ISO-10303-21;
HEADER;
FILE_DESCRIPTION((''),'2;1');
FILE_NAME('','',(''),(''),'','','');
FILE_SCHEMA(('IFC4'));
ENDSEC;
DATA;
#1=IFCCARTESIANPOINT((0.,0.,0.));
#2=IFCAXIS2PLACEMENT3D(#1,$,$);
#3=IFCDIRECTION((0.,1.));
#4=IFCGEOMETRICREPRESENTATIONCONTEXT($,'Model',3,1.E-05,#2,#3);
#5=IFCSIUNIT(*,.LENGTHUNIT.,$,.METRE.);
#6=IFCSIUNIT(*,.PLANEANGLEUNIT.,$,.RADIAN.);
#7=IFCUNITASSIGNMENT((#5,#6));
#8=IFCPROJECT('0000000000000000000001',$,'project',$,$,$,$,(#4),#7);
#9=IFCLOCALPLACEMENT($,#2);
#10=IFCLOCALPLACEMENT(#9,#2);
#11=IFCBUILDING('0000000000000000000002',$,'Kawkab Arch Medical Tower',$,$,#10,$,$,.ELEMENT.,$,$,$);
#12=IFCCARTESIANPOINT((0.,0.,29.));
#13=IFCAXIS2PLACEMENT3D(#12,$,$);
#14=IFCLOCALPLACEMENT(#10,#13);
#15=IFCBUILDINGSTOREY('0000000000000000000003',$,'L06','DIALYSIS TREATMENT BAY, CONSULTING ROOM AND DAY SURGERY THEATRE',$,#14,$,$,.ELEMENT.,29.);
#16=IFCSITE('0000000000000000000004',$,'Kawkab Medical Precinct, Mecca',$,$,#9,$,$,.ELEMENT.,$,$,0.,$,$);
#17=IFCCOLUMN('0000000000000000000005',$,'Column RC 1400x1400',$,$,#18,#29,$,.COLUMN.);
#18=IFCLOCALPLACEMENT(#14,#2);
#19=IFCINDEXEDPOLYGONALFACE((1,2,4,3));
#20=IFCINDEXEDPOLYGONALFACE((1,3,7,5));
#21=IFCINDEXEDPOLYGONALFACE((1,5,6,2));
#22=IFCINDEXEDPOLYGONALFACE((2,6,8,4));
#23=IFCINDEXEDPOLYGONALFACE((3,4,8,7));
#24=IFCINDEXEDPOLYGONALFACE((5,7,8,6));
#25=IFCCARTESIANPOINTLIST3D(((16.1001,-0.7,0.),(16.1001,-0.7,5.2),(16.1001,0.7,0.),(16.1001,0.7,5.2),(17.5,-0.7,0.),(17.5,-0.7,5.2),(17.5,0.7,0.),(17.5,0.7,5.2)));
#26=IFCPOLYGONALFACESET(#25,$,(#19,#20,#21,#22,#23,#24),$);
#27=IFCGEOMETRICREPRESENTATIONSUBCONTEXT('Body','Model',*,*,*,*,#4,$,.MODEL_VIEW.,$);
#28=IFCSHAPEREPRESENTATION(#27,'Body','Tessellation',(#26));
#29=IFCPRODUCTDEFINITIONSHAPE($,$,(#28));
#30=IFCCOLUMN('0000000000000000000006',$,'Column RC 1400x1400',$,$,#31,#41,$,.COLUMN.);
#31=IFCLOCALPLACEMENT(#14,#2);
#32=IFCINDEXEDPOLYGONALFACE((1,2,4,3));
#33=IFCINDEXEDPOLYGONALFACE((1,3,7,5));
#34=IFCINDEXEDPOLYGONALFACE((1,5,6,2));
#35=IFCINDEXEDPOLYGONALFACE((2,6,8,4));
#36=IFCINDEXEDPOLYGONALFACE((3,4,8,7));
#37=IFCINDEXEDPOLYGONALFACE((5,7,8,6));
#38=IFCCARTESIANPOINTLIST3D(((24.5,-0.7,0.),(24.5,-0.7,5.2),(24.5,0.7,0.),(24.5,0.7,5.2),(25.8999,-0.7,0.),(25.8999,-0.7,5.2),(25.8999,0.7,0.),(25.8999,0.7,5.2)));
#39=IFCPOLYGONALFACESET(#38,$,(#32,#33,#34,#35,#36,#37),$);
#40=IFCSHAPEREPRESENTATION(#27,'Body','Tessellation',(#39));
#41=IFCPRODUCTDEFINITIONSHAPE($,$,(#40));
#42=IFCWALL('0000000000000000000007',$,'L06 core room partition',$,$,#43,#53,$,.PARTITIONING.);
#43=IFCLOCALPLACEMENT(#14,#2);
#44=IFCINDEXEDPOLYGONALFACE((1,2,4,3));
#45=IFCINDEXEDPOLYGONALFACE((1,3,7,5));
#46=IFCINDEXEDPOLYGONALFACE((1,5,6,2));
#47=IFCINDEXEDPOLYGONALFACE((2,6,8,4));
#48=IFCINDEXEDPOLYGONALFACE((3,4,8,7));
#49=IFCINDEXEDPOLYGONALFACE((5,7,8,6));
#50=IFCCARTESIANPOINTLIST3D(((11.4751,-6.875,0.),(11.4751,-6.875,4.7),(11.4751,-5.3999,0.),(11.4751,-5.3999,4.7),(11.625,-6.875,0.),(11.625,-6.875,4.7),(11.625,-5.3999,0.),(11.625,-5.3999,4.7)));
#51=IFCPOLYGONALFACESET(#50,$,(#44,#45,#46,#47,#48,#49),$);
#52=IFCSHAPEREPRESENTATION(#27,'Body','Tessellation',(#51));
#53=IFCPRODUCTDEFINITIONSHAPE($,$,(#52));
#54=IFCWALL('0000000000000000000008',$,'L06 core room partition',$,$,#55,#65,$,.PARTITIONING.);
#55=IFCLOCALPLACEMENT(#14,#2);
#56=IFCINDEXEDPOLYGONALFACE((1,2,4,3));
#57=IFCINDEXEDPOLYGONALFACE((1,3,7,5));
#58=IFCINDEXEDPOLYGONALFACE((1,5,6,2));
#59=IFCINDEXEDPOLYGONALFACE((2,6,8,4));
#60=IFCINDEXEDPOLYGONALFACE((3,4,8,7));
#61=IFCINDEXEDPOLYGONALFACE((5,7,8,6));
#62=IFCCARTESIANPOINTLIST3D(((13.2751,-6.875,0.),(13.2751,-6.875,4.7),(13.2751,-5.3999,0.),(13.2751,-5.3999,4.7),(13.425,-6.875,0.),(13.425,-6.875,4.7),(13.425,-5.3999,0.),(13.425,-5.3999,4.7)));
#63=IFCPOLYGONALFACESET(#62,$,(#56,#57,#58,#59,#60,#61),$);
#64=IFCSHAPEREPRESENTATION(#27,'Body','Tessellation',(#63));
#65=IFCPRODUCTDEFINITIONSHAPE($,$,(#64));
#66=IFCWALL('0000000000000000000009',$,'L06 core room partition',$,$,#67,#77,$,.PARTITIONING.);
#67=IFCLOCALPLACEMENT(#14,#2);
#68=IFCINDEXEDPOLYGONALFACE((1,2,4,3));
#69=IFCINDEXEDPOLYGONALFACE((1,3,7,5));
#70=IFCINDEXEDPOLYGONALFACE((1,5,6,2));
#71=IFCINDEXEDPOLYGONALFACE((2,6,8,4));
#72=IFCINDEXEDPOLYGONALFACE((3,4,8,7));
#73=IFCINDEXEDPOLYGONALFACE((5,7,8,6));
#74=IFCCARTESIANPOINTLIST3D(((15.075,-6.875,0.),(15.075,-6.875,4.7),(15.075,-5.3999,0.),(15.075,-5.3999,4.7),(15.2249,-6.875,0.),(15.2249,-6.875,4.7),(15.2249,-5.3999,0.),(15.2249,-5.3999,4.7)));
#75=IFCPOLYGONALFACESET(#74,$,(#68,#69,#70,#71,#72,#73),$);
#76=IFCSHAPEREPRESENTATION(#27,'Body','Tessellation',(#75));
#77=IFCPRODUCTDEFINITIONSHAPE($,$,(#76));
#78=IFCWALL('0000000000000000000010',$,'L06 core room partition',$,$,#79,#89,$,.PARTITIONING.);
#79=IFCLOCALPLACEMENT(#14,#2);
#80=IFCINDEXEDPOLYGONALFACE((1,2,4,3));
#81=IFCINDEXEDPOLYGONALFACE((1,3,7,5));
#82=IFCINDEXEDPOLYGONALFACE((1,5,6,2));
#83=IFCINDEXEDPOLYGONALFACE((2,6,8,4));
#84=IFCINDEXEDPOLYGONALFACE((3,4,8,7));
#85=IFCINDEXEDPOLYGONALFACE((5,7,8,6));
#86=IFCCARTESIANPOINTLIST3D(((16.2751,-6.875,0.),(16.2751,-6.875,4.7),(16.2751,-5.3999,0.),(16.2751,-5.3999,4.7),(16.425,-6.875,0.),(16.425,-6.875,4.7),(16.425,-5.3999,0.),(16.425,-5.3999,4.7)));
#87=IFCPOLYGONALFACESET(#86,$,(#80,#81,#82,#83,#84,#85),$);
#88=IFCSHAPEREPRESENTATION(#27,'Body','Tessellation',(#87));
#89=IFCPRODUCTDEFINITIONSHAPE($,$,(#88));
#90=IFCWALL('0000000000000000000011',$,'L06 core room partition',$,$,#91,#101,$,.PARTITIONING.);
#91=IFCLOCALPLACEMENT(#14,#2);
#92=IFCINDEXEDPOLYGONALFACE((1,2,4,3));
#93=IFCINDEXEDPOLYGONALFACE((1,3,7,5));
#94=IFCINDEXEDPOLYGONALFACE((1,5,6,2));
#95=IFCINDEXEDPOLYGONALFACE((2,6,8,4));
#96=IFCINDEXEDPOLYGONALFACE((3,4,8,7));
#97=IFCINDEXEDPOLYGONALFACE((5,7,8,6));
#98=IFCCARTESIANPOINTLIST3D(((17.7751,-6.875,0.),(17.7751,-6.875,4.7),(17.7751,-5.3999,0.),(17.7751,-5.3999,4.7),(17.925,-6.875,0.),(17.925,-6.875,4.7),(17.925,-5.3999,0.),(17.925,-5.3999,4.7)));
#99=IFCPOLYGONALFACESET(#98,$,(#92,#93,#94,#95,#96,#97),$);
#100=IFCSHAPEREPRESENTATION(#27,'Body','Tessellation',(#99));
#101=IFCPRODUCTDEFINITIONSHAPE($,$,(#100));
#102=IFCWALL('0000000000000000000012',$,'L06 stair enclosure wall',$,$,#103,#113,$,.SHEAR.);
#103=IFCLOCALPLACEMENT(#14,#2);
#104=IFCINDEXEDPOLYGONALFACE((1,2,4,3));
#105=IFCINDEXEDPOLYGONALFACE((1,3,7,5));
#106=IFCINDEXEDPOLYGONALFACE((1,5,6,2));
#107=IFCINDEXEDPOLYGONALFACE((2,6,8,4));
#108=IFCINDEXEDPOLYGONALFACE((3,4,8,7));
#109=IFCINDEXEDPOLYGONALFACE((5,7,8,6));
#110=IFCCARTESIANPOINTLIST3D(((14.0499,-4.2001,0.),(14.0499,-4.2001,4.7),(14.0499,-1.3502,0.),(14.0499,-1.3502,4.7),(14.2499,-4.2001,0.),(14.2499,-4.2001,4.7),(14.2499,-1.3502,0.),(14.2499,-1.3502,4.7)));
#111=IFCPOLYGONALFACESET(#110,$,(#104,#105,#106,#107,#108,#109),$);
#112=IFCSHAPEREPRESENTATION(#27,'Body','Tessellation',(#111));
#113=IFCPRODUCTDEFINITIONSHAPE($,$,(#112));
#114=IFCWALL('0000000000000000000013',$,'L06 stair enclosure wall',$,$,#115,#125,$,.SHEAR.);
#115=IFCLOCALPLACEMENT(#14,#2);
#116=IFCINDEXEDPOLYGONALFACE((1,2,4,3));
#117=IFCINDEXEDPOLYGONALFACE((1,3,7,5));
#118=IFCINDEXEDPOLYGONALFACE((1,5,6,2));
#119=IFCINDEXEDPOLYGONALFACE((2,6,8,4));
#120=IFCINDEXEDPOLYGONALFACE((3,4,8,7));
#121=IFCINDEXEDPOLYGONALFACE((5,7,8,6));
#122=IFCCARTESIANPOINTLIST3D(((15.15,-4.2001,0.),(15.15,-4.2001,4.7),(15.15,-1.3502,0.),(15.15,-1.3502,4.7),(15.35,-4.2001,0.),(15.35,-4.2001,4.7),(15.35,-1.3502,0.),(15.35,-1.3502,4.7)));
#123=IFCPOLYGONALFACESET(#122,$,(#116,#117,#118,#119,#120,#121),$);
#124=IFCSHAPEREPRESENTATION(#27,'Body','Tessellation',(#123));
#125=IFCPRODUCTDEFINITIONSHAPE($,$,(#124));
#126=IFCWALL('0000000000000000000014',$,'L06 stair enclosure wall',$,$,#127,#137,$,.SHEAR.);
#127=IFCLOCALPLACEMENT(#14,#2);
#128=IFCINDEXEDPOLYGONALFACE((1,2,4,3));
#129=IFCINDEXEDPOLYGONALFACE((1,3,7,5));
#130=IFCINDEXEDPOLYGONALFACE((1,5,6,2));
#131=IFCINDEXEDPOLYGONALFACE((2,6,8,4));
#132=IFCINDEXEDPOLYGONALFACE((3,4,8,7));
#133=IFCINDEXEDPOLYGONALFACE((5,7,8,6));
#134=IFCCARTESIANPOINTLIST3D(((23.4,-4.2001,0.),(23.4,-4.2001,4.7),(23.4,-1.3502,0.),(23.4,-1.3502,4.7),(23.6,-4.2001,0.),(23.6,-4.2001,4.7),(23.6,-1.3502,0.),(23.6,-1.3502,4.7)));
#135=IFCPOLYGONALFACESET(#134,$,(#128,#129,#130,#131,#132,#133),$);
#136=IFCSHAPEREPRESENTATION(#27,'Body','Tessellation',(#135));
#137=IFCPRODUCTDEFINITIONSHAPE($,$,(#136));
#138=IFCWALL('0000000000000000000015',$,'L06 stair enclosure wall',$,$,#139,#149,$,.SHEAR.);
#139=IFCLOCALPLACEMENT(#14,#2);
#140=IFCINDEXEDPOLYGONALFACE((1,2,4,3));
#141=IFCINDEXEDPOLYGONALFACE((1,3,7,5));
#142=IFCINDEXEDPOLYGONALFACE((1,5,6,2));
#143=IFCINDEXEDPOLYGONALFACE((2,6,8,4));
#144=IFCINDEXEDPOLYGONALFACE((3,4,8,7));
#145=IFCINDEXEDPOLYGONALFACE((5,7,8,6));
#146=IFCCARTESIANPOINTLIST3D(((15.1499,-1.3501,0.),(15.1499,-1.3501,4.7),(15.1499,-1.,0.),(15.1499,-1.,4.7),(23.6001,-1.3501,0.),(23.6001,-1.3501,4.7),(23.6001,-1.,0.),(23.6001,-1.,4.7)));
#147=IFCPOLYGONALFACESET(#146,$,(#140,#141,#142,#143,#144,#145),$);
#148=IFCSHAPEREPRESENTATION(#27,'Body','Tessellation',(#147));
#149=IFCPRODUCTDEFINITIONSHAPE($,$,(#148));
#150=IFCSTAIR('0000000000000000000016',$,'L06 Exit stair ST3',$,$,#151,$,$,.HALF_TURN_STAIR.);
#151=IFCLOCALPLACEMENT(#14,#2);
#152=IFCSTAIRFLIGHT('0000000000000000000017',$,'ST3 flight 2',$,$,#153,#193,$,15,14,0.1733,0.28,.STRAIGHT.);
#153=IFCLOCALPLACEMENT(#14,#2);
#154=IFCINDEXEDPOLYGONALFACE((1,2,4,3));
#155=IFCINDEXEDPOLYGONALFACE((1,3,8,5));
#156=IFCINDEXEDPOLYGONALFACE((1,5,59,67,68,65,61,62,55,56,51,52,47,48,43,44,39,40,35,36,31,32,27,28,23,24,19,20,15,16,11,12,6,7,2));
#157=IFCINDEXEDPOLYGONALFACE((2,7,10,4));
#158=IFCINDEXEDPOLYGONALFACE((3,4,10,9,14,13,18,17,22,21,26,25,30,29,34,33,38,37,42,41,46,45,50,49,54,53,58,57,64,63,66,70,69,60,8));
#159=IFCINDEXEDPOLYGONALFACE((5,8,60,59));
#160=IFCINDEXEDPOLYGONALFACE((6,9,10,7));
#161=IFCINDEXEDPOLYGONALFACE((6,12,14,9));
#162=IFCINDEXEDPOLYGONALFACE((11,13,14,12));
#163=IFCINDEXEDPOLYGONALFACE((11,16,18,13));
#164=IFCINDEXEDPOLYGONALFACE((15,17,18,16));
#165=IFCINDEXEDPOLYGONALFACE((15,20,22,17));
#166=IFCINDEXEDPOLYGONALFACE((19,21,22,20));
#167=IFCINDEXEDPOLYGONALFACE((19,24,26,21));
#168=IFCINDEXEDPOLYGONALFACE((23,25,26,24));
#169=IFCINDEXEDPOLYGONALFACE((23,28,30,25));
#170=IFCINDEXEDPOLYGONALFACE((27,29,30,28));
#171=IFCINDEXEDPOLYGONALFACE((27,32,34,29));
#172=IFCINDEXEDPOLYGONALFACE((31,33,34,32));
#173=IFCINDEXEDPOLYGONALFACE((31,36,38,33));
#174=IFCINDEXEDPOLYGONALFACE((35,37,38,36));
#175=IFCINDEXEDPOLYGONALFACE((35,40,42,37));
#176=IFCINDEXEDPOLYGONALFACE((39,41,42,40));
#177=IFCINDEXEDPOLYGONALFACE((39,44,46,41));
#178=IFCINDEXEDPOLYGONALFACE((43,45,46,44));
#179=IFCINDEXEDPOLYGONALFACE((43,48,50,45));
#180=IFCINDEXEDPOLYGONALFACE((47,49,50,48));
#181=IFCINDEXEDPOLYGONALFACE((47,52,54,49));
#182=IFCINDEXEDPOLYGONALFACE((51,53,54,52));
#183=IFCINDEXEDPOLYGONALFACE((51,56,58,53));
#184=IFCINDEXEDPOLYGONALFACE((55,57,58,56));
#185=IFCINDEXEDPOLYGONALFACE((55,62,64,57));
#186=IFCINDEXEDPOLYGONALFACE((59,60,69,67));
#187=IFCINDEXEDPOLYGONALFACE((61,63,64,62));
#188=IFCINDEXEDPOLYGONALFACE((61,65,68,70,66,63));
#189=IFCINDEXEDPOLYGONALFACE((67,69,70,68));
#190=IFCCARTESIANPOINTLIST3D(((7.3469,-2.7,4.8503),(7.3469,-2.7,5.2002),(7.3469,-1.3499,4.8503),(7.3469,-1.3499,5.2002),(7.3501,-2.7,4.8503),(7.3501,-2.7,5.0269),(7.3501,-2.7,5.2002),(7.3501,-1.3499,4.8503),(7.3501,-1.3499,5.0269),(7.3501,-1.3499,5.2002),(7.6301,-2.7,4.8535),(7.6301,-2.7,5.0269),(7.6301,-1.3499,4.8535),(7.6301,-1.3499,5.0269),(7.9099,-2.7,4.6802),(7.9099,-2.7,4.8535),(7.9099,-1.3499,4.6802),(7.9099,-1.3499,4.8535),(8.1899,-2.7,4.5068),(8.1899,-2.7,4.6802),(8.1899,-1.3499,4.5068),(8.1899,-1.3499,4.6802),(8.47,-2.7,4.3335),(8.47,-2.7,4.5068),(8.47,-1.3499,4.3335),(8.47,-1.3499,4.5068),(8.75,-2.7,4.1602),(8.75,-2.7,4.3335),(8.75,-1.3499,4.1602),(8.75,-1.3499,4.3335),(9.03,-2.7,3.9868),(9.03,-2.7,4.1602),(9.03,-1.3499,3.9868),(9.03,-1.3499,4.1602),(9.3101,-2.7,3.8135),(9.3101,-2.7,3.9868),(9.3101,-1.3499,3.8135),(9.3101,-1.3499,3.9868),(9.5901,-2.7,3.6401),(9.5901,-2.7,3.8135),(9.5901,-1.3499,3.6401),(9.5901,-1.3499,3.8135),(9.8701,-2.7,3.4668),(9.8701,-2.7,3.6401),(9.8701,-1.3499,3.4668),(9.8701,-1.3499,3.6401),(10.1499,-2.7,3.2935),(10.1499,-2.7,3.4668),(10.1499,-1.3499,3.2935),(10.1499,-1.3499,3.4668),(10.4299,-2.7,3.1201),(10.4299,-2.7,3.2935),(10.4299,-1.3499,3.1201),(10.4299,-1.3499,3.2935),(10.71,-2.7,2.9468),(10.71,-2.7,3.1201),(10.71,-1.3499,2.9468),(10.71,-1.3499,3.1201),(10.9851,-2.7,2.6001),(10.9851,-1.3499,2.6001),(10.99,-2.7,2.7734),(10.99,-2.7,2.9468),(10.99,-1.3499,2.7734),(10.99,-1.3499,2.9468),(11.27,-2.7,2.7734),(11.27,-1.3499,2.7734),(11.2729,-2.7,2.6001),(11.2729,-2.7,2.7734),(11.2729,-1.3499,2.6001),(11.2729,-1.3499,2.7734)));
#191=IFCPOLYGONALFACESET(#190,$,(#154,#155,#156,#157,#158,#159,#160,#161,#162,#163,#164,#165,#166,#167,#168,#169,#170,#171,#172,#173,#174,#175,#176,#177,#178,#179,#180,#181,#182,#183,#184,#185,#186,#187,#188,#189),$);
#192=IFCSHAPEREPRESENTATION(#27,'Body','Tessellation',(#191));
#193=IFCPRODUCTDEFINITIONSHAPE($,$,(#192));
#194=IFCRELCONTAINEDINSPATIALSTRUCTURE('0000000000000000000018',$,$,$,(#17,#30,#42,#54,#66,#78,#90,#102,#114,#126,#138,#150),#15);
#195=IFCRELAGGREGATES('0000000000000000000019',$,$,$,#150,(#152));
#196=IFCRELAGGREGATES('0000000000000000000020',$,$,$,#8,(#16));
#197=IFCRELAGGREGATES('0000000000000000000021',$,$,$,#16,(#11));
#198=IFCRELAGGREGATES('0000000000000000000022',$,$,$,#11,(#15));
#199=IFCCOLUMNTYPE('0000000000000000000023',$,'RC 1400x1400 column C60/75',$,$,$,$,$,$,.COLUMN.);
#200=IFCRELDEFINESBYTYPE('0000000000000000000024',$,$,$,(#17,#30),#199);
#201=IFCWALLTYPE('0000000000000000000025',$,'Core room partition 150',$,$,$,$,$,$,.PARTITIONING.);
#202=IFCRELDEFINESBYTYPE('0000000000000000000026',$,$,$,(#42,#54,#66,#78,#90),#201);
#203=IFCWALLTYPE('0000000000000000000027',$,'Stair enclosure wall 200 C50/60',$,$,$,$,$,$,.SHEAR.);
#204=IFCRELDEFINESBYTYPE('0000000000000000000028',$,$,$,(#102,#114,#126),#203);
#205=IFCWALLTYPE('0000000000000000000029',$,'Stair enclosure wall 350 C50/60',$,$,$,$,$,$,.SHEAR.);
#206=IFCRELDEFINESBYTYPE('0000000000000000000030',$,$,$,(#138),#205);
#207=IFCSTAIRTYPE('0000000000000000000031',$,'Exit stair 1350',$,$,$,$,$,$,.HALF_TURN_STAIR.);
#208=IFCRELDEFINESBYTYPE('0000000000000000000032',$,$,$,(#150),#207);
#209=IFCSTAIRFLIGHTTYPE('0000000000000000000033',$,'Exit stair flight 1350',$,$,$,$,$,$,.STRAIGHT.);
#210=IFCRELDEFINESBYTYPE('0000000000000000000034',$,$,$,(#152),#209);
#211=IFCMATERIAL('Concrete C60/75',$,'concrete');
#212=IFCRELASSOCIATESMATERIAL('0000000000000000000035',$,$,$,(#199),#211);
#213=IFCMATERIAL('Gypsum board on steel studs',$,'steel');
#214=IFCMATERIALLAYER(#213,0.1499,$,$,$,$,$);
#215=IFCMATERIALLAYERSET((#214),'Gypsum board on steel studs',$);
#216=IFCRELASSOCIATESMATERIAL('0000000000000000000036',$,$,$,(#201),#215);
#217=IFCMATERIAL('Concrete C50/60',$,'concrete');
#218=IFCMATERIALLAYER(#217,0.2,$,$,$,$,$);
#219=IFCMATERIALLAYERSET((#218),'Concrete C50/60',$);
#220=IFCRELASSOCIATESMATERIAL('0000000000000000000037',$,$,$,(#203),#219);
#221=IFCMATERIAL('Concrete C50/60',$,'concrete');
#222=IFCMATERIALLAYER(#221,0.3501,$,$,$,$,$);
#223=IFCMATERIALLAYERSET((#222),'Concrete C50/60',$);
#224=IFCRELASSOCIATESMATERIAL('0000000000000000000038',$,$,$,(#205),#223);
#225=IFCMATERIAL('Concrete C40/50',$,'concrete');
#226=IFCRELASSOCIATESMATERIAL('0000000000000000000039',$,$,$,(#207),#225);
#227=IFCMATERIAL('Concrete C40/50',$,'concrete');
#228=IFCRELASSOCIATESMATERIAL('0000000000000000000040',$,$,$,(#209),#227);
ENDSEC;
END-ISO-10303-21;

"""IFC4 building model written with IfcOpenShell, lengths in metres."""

from ifc_helpers import new_model, si_unit, direction, frame, frame_2d, origin, origin_2d, place, context, subcontext, project, spatial, polyline, rectangle, outline, extrude, material, layer, layer_set, material_profile, profile_set, type_object, element, aggregate, save


model = new_model("IFC4")

# Units and contexts
model_context = context("Model", 3, precision=1e-05, world=origin(), true_north=direction((0.0, 1.0)))
body_context = subcontext(model_context, "Body", "Model", "MODEL_VIEW")
ifc_project = project(units=[si_unit("LENGTHUNIT", "METRE"), si_unit("PLANEANGLEUNIT", "RADIAN")], contexts=[model_context])

# Site, building, storey
site_placement = place(None, origin())
site = spatial("IfcSite", under=ifc_project, at=site_placement, Name="Kawkab Medical Precinct, Mecca", CompositionType="ELEMENT", RefElevation=0.0)
building_placement = place(site_placement, origin())
building = spatial("IfcBuilding", under=site, at=building_placement, Name="Kawkab Arch Medical Tower", CompositionType="ELEMENT")
storey_placement = place(building_placement, frame((0.0, 0.0, 29.0)))
storey = spatial("IfcBuildingStorey", under=building, at=storey_placement, Name="L06", Description="DIALYSIS TREATMENT BAY, CONSULTING ROOM AND DAY SURGERY THEATRE", CompositionType="ELEMENT", Elevation=29.0)

# Columns
ifc_material_1 = material(Name="Concrete C60/75", Category="concrete")
ifc_material_profile = material_profile(ifc_material_1, rectangle(XDim=1.3999, YDim=1.3999, at=origin_2d()), Name="RC 1400x1400")
ifc_profile_set = profile_set([ifc_material_profile], Name="Concrete C60/75")
column_type = type_object("IfcColumnType", Name="RC 1400x1400 column C60/75", PredefinedType="COLUMN", material=ifc_profile_set)
for number, where, z_axis, x_axis, name in (
    (1, (16.8, 0.0, 0.0), (0.0, 0.0, 1.0), (1.0, 0.0, 0.0), "Column RC 1400x1400"),
    (2, (25.2, 0.0, 0.0), (0.0, 0.0, 1.0), (1.0, 0.0, 0.0), "Column RC 1400x1400"),
):
    element("IfcColumn", number, at=place(storey_placement, frame(where, z_axis=z_axis, x_axis=x_axis)), inside=storey, type_object=column_type, Name=name, PredefinedType="COLUMN", context=body_context, shape_type="SweptSolid", body=[
        extrude(rectangle(XDim=1.3999, YDim=1.3999, at=origin_2d()), origin(), (0.0, 0.0, 1.0), 5.2),
    ])

# Walls
ifc_material_2 = material(Name="Gypsum board on steel studs", Category="steel")
ifc_layer_1 = layer(ifc_material_2, 0.1499)
ifc_layer_set_1 = layer_set([ifc_layer_1], Name="Gypsum board on steel studs")
wall_type_1 = type_object("IfcWallType", Name="Core room partition 150", PredefinedType="PARTITIONING", material=ifc_layer_set_1)
for number, where, z_axis, x_axis, name in (
    (3, (11.55, -6.875, 0.0), (0.0, 0.0, 1.0), (0.0, 1.0, 0.0), "L06 core room partition"),
    (4, (13.3501, -6.875, 0.0), (0.0, 0.0, 1.0), (0.0, 1.0, 0.0), "L06 core room partition"),
    (5, (15.1499, -6.875, 0.0), (0.0, 0.0, 1.0), (0.0, 1.0, 0.0), "L06 core room partition"),
    (6, (16.3501, -6.875, 0.0), (0.0, 0.0, 1.0), (0.0, 1.0, 0.0), "L06 core room partition"),
    (7, (17.8501, -6.875, 0.0), (0.0, 0.0, 1.0), (0.0, 1.0, 0.0), "L06 core room partition"),
):
    element("IfcWall", number, at=place(storey_placement, frame(where, z_axis=z_axis, x_axis=x_axis)), inside=storey, type_object=wall_type_1, Name=name, PredefinedType="PARTITIONING", context=body_context, shape_type="SweptSolid", body=[
        extrude(rectangle(XDim=1.4751, YDim=0.1499, at=frame_2d((0.7375, 0.0))), origin(), (0.0, 0.0, 1.0), 4.7),
    ])
ifc_material_3 = material(Name="Concrete C50/60", Category="concrete")
ifc_layer_2 = layer(ifc_material_3, 0.2)
ifc_layer_set_2 = layer_set([ifc_layer_2], Name="Concrete C50/60")
wall_type_2 = type_object("IfcWallType", Name="Stair enclosure wall 200 C50/60", PredefinedType="SHEAR", material=ifc_layer_set_2)
for number, where, z_axis, x_axis, name in (
    (8, (14.1499, -4.2, 0.0), (0.0, 0.0, 1.0), (0.0, 1.0, 0.0), "L06 stair enclosure wall"),
    (9, (15.25, -4.2, 0.0), (0.0, 0.0, 1.0), (0.0, 1.0, 0.0), "L06 stair enclosure wall"),
    (10, (23.5, -4.2, 0.0), (0.0, 0.0, 1.0), (0.0, 1.0, 0.0), "L06 stair enclosure wall"),
):
    element("IfcWall", number, at=place(storey_placement, frame(where, z_axis=z_axis, x_axis=x_axis)), inside=storey, type_object=wall_type_2, Name=name, PredefinedType="SHEAR", context=body_context, shape_type="SweptSolid", body=[
        extrude(rectangle(XDim=2.8499, YDim=0.2, at=frame_2d((1.4248, 0.0))), origin(), (0.0, 0.0, 1.0), 4.7),
    ])
ifc_material_4 = material(Name="Concrete C50/60", Category="concrete")
ifc_layer_3 = layer(ifc_material_4, 0.3501)
ifc_layer_set_3 = layer_set([ifc_layer_3], Name="Concrete C50/60")
wall_type_3 = type_object("IfcWallType", Name="Stair enclosure wall 350 C50/60", PredefinedType="SHEAR", material=ifc_layer_set_3)
wall_placement = place(storey_placement, frame((15.1499, -1.175, 0.0), z_axis=(0.0, 0.0, 1.0), x_axis=(1.0, 0.0, 0.0)))
element("IfcWall", 11, at=wall_placement, inside=storey, type_object=wall_type_3, Name="L06 stair enclosure wall", PredefinedType="SHEAR", context=body_context, shape_type="SweptSolid", body=[
    extrude(rectangle(XDim=8.4502, YDim=0.3501, at=frame_2d((4.2251, 0.0))), origin(), (0.0, 0.0, 1.0), 4.7),
])

# Stair, stair flight
ifc_material_5 = material(Name="Concrete C40/50", Category="concrete")
stair_type = type_object("IfcStairType", Name="Exit stair 1350", PredefinedType="HALF_TURN_STAIR", material=ifc_material_5)
placement = place(storey_placement, origin())
stair_1 = element("IfcStair", 12, at=placement, inside=storey, type_object=stair_type, Name="L06 Exit stair ST3", PredefinedType="HALF_TURN_STAIR")
ifc_material_6 = material(Name="Concrete C40/50", Category="concrete")
stair_flight_type = type_object("IfcStairFlightType", Name="Exit stair flight 1350", PredefinedType="STRAIGHT", material=ifc_material_6)
stair_flight_1_placement = place(storey_placement, frame((11.27, -2.0249, 2.6001), z_axis=(0.0, 0.0, 1.0), x_axis=(-1.0, 0.0, 0.0)))
stair_flight_1 = element("IfcStairFlight", 13, at=stair_flight_1_placement, type_object=stair_flight_type, Name="ST3 flight 2", NumberOfRisers=15, NumberOfTreads=14, PredefinedType="STRAIGHT", RiserHeight=0.1733, TreadLength=0.28, context=body_context, shape_type="SweptSolid", body=[
    extrude(outline(polyline([(-0.0029, 0.0), (-0.0029, 0.1733), (0.0, 0.1733), (0.28, 0.1733), (0.28, 0.3467), (0.5601, 0.3467), (0.5601, 0.52), (0.8401, 0.52), (0.8401, 0.6934), (1.1201, 0.6934), (1.1201, 0.8667), (1.3999, 0.8667), (1.3999, 1.04), (1.6799, 1.04), (1.6799, 1.2134), (1.96, 1.2134), (1.96, 1.3867), (2.24, 1.3867), (2.24, 1.5601), (2.52, 1.5601), (2.52, 1.7334), (2.8, 1.7334), (2.8, 1.9067), (3.0801, 1.9067), (3.0801, 2.0801), (3.3601, 2.0801), (3.3601, 2.2534), (3.6399, 2.2534), (3.6399, 2.4268), (3.9199, 2.4268), (3.9199, 2.6001), (3.9231, 2.6001), (3.9231, 2.2502), (3.9199, 2.2502), (0.2849, 0.0), (-0.0029, 0.0)])), frame((0.0, 0.675, 0.0), z_axis=(0.0, -1.0, 0.0), x_axis=(1.0, 0.0, 0.0)), (0.0, 0.0, 1.0), 1.3501),
])
aggregate(stair_1, [stair_flight_1])

save(model, "model.ifc")
